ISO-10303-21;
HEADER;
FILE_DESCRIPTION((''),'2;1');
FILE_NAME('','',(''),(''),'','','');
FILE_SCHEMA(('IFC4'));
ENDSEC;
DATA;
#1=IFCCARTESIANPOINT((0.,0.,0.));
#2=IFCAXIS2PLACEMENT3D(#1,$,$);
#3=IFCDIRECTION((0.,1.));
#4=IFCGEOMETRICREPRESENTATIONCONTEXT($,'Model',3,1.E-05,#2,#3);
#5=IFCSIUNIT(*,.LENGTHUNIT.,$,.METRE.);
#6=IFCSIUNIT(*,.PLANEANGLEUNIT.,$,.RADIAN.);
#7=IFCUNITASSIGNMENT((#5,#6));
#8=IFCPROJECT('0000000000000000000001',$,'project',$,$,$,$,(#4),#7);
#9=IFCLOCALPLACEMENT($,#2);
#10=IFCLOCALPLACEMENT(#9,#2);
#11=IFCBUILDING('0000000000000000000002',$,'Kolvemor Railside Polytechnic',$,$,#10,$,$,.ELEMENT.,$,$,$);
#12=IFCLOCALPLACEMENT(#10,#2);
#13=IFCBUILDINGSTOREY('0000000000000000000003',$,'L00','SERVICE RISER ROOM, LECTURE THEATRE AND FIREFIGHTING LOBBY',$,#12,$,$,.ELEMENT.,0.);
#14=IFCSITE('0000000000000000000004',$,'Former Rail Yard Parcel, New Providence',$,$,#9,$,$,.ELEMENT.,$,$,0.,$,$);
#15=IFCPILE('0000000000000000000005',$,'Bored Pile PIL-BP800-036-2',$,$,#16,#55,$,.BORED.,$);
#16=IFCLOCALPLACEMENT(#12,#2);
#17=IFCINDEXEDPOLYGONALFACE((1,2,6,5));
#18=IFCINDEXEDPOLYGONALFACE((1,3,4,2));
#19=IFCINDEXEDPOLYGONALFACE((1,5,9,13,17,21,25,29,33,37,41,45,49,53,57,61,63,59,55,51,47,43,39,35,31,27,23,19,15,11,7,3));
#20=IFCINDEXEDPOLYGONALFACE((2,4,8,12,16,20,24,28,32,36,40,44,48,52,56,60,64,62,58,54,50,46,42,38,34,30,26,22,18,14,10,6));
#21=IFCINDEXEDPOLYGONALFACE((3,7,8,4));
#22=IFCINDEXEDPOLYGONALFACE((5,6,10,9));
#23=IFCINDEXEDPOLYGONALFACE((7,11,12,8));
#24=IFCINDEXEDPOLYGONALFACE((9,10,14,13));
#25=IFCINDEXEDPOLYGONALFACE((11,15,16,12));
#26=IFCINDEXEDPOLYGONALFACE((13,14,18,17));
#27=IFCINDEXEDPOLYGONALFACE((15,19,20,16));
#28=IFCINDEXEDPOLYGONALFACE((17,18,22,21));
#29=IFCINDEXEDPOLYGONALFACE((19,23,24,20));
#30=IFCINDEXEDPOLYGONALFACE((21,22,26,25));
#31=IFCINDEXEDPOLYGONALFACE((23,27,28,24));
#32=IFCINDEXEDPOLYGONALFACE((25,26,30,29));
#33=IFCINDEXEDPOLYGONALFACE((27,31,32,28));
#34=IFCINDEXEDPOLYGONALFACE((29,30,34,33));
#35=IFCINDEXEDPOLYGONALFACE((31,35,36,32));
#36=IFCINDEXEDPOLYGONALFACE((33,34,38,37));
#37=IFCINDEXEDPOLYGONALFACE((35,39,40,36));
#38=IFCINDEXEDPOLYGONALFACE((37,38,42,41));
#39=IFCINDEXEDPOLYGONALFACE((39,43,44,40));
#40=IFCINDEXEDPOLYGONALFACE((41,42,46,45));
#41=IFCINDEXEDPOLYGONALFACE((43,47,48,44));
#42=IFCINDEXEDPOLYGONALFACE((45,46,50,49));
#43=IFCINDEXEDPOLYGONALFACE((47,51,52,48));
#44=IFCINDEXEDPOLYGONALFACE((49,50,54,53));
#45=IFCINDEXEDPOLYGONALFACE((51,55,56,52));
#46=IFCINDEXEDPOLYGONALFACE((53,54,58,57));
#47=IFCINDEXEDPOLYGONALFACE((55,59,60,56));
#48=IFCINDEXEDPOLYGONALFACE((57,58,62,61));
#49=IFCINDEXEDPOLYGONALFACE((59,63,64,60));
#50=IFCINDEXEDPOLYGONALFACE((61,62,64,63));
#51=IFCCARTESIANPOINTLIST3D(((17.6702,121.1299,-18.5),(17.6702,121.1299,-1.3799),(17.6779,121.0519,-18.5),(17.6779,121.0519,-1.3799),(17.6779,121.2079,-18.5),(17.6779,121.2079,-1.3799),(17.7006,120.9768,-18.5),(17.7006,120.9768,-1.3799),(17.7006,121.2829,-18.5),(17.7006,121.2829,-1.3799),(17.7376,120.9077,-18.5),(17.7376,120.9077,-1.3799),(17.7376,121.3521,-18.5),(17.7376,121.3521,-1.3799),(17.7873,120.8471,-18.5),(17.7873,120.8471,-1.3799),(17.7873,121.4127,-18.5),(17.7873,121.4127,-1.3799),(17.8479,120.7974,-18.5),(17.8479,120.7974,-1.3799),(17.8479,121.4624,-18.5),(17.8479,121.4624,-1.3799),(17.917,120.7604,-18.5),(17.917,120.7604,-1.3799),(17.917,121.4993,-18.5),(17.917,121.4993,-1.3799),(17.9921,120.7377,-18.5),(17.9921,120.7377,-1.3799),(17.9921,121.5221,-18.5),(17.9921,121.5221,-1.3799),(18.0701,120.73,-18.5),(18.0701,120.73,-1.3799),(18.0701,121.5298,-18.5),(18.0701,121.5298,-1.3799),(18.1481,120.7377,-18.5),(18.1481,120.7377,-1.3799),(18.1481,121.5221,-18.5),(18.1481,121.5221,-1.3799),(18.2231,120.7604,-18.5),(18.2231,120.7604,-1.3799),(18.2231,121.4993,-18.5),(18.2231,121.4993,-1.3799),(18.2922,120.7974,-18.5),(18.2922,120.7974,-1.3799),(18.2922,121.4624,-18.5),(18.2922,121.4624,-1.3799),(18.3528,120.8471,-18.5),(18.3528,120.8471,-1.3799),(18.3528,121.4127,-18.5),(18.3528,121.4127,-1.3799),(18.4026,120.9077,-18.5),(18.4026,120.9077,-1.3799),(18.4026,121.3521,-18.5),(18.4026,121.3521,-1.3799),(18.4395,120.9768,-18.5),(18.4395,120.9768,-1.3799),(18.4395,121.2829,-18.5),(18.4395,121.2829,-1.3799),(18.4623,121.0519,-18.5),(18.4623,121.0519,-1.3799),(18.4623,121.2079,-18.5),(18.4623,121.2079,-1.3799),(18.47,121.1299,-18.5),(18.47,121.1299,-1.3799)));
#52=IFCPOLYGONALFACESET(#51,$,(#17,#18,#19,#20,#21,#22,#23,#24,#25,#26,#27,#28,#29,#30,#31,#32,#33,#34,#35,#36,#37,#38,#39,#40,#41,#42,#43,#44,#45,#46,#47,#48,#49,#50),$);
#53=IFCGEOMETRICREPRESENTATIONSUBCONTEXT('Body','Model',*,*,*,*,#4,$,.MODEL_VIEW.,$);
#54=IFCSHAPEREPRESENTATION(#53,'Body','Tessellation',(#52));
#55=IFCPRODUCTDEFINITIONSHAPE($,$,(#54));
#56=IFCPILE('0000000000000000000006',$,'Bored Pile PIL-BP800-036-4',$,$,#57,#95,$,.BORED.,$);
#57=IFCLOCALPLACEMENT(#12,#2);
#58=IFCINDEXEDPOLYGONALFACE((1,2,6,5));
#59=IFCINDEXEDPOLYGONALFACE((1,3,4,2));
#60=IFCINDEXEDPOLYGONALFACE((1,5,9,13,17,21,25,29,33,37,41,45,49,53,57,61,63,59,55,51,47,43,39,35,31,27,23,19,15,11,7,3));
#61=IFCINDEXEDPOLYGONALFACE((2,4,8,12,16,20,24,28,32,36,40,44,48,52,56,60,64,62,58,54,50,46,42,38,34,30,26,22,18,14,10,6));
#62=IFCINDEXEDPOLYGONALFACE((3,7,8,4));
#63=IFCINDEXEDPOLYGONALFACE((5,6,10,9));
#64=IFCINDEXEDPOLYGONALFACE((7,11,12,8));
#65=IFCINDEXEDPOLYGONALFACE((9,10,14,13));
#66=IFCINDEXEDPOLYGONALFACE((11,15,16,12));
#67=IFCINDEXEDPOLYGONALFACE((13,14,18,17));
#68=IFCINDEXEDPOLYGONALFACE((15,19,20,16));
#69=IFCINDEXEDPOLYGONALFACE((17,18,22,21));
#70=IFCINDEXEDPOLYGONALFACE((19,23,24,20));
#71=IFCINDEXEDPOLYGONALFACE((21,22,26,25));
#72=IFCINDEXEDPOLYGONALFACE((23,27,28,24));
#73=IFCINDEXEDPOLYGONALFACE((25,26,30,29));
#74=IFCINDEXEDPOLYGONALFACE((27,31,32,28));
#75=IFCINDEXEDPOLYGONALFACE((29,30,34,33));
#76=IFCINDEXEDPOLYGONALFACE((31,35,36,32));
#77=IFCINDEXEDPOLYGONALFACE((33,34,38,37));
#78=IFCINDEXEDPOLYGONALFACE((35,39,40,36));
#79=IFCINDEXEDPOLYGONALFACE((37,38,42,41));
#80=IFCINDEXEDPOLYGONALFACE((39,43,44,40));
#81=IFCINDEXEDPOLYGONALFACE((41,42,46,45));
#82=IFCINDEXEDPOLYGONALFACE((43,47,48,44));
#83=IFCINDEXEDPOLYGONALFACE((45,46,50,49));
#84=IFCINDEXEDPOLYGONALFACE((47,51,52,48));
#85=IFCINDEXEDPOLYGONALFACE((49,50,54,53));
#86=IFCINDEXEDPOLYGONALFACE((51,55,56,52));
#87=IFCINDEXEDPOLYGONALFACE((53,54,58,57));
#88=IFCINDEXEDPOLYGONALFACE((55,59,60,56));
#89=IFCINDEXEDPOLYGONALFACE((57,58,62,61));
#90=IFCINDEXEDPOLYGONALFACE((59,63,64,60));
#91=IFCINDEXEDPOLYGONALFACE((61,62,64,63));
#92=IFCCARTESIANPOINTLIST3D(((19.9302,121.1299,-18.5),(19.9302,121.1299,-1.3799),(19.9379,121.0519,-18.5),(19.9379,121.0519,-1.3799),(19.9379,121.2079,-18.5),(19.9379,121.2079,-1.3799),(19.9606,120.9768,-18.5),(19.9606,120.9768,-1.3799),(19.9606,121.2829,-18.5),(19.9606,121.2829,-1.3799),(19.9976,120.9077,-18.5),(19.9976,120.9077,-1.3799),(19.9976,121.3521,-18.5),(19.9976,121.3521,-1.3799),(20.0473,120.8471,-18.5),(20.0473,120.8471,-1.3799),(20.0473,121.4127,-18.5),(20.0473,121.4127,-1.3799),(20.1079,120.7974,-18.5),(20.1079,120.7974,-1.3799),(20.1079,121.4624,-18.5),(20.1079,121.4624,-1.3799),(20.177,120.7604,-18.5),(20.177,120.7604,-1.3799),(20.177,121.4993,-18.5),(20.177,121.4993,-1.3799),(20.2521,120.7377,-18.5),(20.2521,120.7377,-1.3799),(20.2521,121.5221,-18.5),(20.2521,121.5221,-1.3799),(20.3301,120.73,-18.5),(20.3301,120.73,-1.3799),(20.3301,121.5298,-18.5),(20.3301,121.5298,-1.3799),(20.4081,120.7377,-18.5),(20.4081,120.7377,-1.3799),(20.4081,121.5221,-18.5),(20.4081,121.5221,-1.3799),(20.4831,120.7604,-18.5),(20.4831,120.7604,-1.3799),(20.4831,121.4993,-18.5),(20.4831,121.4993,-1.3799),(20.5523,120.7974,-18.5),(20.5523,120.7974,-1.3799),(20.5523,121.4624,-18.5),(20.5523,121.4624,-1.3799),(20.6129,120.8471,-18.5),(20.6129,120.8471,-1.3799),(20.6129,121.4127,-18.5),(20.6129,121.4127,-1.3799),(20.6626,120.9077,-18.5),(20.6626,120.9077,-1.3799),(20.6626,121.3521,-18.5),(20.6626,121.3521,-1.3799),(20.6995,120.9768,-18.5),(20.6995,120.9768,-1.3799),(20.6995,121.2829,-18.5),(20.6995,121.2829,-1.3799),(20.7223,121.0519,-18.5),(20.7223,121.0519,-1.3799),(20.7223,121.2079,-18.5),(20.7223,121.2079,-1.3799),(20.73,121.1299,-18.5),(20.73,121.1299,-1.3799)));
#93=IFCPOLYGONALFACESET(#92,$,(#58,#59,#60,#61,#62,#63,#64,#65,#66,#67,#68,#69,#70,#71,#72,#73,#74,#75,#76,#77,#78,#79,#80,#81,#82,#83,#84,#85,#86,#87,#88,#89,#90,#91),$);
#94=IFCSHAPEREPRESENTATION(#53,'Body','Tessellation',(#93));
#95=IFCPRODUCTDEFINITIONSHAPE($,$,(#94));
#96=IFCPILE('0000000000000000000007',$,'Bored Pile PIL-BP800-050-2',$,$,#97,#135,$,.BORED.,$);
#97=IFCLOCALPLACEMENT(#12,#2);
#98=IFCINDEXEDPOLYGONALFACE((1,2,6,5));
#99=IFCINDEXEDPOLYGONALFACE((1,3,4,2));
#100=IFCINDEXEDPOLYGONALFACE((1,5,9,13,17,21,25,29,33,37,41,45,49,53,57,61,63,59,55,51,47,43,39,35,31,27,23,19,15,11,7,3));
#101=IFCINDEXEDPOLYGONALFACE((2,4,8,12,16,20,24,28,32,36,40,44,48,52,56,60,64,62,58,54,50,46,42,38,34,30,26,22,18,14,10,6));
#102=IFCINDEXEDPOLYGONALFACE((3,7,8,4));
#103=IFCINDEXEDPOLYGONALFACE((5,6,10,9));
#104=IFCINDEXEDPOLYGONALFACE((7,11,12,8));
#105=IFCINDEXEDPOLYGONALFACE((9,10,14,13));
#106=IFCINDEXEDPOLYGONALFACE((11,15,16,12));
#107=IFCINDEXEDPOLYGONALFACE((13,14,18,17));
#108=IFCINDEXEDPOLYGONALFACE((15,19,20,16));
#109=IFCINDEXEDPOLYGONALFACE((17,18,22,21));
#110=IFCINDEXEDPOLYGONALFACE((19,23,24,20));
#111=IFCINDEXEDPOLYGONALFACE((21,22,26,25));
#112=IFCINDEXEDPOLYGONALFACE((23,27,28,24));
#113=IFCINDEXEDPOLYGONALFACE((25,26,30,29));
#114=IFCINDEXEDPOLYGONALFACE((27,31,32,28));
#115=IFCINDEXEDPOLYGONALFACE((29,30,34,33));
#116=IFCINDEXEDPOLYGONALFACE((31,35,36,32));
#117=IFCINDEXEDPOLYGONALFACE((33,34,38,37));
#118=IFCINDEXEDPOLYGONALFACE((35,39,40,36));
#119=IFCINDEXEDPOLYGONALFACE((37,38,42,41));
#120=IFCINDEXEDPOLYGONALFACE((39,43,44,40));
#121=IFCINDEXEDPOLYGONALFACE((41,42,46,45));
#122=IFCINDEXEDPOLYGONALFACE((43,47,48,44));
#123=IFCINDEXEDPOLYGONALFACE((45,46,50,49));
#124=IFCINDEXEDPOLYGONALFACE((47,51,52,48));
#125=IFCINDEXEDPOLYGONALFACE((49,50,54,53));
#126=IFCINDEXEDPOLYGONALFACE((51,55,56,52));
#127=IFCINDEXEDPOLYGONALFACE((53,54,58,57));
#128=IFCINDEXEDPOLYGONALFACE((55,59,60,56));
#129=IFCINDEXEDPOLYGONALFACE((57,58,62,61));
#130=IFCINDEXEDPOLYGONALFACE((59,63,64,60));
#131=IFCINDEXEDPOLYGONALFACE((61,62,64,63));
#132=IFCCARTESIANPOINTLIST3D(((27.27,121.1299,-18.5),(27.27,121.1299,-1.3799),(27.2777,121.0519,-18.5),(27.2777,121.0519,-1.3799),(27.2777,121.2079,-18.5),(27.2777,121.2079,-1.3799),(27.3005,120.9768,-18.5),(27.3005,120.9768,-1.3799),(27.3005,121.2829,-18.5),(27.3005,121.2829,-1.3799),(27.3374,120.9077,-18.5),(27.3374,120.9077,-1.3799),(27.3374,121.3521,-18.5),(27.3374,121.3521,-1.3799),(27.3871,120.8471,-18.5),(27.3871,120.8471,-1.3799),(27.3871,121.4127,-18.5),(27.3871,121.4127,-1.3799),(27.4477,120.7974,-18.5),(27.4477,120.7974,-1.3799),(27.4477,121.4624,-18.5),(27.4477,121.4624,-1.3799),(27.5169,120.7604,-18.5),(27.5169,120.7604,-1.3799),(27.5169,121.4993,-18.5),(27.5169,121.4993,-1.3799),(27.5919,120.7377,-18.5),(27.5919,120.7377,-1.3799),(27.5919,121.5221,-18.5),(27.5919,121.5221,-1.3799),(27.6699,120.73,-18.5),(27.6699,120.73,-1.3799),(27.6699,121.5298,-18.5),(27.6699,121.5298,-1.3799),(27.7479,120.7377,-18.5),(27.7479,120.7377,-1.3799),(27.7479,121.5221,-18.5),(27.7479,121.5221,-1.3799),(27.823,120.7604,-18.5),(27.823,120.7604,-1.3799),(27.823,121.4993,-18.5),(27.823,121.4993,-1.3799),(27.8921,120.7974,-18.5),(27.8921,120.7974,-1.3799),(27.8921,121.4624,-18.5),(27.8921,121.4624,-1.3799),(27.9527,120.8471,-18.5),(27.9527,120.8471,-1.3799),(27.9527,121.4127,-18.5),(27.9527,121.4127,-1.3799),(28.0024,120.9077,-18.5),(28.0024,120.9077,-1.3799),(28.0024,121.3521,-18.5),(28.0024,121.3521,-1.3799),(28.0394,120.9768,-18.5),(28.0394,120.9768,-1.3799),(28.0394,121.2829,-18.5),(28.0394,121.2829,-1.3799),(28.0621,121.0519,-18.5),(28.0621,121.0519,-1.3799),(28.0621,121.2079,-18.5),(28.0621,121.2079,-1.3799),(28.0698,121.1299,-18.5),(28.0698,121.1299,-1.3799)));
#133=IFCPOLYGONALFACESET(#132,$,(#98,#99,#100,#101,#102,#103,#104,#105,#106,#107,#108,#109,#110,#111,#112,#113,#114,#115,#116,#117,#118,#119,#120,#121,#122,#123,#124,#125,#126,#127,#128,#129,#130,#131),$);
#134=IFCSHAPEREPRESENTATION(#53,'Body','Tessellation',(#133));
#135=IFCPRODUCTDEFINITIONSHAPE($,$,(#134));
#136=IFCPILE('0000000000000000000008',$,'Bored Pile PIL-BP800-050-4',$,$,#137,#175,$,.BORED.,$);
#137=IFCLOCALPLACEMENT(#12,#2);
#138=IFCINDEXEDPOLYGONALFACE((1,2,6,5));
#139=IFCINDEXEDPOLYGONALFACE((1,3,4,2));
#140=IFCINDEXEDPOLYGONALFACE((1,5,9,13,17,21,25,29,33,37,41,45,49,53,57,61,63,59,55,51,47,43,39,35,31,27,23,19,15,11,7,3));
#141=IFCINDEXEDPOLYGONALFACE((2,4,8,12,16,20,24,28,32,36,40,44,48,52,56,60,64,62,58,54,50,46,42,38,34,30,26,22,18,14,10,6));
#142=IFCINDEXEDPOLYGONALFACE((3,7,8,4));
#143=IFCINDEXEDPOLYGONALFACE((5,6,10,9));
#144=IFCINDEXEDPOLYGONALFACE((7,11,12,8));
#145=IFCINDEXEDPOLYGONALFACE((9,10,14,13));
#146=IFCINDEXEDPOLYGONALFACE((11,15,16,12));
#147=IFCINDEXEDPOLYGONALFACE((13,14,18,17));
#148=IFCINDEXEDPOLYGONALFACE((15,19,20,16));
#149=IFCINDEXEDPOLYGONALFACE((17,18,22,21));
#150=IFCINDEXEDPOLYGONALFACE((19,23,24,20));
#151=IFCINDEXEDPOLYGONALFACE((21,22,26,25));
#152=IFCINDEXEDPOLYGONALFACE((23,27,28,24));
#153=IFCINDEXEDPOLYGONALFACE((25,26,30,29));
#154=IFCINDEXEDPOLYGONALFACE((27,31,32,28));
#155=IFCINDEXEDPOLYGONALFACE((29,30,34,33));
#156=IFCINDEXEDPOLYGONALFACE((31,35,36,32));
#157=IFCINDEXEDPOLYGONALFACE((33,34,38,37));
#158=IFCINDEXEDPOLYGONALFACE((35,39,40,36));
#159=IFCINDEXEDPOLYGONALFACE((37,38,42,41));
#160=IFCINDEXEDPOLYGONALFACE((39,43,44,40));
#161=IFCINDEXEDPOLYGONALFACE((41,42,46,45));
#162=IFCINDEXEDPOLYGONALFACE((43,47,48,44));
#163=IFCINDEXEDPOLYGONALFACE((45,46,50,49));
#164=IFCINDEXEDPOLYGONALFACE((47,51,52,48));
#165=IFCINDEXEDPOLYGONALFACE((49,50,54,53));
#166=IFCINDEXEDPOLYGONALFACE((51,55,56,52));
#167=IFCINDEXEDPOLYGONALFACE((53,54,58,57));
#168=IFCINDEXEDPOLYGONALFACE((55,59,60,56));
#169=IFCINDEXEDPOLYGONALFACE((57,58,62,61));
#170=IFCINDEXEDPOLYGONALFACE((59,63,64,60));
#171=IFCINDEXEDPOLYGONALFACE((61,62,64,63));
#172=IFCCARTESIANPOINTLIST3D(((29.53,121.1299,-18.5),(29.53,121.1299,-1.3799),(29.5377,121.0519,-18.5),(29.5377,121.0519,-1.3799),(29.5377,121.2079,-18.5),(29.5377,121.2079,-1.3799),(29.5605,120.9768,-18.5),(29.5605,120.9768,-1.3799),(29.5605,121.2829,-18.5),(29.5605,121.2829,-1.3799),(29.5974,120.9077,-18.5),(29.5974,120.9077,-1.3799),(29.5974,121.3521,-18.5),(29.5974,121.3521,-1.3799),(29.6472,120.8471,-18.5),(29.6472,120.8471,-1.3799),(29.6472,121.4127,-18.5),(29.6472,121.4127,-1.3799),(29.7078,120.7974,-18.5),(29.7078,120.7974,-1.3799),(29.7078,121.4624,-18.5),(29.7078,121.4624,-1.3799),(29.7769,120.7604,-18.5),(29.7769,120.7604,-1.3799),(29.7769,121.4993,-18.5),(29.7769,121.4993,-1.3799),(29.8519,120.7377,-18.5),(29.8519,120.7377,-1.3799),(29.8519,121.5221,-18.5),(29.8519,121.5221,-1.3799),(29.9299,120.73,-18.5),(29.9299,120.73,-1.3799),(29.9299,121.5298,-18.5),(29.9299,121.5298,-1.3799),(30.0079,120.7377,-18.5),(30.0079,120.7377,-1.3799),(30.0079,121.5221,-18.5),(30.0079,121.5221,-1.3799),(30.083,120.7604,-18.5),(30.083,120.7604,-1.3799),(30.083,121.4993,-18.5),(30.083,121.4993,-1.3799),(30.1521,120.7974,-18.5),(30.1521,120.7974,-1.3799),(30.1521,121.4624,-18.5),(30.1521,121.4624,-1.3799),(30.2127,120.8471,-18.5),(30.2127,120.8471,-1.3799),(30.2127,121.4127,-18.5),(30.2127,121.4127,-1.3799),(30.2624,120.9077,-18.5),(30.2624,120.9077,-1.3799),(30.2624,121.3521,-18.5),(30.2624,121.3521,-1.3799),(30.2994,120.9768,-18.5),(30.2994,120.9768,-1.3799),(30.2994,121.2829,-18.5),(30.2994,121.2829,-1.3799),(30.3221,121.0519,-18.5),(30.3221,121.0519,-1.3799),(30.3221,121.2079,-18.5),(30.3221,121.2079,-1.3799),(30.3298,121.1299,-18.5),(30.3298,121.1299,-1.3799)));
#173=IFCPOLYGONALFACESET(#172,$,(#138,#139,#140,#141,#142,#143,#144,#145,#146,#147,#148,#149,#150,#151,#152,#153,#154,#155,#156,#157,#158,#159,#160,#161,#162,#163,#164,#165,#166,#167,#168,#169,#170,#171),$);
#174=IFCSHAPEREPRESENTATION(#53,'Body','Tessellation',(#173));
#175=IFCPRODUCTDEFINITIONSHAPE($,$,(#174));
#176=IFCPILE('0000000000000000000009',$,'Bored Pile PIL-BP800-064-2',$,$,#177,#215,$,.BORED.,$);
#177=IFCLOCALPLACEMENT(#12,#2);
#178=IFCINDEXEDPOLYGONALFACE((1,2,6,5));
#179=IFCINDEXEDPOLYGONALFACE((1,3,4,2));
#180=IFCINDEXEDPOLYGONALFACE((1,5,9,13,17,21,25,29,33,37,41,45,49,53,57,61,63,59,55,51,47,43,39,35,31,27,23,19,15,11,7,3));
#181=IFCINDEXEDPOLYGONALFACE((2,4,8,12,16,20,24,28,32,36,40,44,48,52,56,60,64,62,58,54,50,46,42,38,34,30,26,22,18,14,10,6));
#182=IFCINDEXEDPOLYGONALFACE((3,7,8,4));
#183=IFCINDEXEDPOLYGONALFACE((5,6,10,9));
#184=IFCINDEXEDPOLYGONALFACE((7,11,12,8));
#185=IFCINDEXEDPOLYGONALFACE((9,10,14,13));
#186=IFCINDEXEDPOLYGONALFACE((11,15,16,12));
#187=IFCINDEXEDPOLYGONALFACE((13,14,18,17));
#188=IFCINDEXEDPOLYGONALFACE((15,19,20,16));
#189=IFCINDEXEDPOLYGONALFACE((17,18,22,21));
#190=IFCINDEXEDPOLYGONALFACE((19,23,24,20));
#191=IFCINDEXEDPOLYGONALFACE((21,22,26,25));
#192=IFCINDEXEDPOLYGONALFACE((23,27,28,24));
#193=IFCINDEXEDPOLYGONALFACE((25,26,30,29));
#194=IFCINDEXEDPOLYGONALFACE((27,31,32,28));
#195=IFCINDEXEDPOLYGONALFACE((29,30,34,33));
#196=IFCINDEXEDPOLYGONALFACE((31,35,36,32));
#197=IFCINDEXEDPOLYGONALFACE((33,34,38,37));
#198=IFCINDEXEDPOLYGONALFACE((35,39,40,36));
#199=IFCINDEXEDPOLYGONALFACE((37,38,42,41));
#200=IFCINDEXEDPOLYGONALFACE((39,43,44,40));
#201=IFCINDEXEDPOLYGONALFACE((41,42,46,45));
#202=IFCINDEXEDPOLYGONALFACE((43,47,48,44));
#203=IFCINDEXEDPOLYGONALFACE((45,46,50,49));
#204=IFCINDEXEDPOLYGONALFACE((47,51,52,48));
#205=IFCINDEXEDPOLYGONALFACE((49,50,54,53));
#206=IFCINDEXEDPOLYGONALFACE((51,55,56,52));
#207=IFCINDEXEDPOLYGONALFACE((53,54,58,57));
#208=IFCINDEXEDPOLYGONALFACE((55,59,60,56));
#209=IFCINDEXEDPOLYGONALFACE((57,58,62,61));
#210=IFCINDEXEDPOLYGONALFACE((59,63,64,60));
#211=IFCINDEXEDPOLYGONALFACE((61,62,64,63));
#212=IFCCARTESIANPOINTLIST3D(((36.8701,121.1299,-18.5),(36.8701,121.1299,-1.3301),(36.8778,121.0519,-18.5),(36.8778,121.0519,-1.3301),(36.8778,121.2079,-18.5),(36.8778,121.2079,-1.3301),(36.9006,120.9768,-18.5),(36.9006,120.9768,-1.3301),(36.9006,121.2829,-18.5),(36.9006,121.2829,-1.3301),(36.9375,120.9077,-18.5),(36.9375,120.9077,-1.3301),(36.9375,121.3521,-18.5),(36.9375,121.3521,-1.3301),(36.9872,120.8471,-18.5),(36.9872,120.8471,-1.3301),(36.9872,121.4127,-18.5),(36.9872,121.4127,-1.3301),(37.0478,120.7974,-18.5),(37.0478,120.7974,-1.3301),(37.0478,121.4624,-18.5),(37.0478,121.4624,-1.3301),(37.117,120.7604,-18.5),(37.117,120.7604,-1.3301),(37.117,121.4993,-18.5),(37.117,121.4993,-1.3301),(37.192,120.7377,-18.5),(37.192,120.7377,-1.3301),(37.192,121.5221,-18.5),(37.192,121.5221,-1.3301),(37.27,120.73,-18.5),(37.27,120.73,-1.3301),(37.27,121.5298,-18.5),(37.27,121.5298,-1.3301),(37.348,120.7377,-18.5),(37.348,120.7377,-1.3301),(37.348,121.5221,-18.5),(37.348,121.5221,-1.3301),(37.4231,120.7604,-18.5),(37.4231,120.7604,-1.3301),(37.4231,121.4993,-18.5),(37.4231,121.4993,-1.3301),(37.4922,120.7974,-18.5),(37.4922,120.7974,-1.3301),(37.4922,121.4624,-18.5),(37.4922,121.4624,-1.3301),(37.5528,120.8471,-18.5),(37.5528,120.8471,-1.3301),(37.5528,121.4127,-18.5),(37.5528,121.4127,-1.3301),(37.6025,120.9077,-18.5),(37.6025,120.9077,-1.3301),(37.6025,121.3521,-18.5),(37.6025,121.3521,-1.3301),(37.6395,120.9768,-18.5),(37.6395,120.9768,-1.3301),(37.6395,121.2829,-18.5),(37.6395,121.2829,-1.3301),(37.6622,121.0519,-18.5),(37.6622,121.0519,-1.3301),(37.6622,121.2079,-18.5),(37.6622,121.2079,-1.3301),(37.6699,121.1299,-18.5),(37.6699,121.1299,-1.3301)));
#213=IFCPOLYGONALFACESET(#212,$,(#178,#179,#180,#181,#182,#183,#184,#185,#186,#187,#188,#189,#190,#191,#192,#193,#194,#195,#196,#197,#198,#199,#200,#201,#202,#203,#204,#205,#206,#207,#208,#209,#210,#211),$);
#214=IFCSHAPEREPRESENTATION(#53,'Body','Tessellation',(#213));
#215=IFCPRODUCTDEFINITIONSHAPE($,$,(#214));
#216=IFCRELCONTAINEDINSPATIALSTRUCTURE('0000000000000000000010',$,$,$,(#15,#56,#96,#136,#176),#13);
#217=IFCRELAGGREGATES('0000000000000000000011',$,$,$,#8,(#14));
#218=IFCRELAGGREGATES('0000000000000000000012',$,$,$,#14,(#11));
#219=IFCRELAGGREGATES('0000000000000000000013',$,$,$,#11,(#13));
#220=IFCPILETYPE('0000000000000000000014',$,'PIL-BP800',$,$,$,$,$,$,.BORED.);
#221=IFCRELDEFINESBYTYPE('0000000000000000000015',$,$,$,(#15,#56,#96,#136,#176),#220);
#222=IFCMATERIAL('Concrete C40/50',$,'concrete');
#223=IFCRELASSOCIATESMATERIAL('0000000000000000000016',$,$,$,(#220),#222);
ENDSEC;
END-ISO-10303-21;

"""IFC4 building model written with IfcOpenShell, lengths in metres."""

from ifc_helpers import new_model, si_unit, direction, frame, origin, origin_2d, place, context, subcontext, project, spatial, circle, extrude, material, material_profile, profile_set, type_object, element, save


model = new_model("IFC4")

# Units and contexts
model_context = context("Model", 3, precision=1e-05, world=origin(), true_north=direction((0.0, 1.0)))
body_context = subcontext(model_context, "Body", "Model", "MODEL_VIEW")
ifc_project = project(units=[si_unit("LENGTHUNIT", "METRE"), si_unit("PLANEANGLEUNIT", "RADIAN")], contexts=[model_context])

# Site, building, storey
site_placement = place(None, origin())
site = spatial("IfcSite", under=ifc_project, at=site_placement, Name="Former Rail Yard Parcel, New Providence", CompositionType="ELEMENT", RefElevation=0.0)
building_placement = place(site_placement, origin())
building = spatial("IfcBuilding", under=site, at=building_placement, Name="Kolvemor Railside Polytechnic", CompositionType="ELEMENT")
storey_placement = place(building_placement, origin())
storey = spatial("IfcBuildingStorey", under=building, at=storey_placement, Name="L00", Description="SERVICE RISER ROOM, LECTURE THEATRE AND FIREFIGHTING LOBBY", CompositionType="ELEMENT", Elevation=0.0)

# Piles
ifc_material_1 = material(Name="Concrete C40/50", Category="concrete")
ifc_material_profile_1 = material_profile(ifc_material_1, circle(Radius=0.3999, at=origin_2d()), Name="BP800")
ifc_profile_set_1 = profile_set([ifc_material_profile_1], Name="Concrete C40/50")
pile_type = type_object("IfcPileType", Name="PIL-BP800", PredefinedType="BORED", material=ifc_profile_set_1)
for number, where, z_axis, x_axis, name in (
    (1, (18.0701, 121.1299, -1.3799), (0.0, 0.0, -1.0), (1.0, 0.0, 0.0), "Bored Pile PIL-BP800-036-2"),
    (2, (20.3301, 121.1299, -1.3799), (0.0, 0.0, -1.0), (1.0, 0.0, 0.0), "Bored Pile PIL-BP800-036-4"),
    (3, (27.6699, 121.1299, -1.3799), (0.0, 0.0, -1.0), (1.0, 0.0, 0.0), "Bored Pile PIL-BP800-050-2"),
    (4, (29.9299, 121.1299, -1.3799), (0.0, 0.0, -1.0), (1.0, 0.0, 0.0), "Bored Pile PIL-BP800-050-4"),
):
    element("IfcPile", number, at=place(storey_placement, frame(where, z_axis=z_axis, x_axis=x_axis)), inside=storey, type_object=pile_type, Name=name, PredefinedType="BORED", context=body_context, shape_type="SweptSolid", body=[
        extrude(circle(Radius=0.3999, at=origin_2d()), origin(), (0.0, 0.0, 1.0), 17.1201),
    ])
pile_placement = place(storey_placement, frame((37.27, 121.1299, -1.3301), z_axis=(0.0, 0.0, -1.0), x_axis=(1.0, 0.0, 0.0)))
element("IfcPile", 5, at=pile_placement, inside=storey, type_object=pile_type, Name="Bored Pile PIL-BP800-064-2", PredefinedType="BORED", context=body_context, shape_type="SweptSolid", body=[
    extrude(circle(Radius=0.3999, at=origin_2d()), origin(), (0.0, 0.0, 1.0), 17.1699),
])

save(model, "model.ifc")
